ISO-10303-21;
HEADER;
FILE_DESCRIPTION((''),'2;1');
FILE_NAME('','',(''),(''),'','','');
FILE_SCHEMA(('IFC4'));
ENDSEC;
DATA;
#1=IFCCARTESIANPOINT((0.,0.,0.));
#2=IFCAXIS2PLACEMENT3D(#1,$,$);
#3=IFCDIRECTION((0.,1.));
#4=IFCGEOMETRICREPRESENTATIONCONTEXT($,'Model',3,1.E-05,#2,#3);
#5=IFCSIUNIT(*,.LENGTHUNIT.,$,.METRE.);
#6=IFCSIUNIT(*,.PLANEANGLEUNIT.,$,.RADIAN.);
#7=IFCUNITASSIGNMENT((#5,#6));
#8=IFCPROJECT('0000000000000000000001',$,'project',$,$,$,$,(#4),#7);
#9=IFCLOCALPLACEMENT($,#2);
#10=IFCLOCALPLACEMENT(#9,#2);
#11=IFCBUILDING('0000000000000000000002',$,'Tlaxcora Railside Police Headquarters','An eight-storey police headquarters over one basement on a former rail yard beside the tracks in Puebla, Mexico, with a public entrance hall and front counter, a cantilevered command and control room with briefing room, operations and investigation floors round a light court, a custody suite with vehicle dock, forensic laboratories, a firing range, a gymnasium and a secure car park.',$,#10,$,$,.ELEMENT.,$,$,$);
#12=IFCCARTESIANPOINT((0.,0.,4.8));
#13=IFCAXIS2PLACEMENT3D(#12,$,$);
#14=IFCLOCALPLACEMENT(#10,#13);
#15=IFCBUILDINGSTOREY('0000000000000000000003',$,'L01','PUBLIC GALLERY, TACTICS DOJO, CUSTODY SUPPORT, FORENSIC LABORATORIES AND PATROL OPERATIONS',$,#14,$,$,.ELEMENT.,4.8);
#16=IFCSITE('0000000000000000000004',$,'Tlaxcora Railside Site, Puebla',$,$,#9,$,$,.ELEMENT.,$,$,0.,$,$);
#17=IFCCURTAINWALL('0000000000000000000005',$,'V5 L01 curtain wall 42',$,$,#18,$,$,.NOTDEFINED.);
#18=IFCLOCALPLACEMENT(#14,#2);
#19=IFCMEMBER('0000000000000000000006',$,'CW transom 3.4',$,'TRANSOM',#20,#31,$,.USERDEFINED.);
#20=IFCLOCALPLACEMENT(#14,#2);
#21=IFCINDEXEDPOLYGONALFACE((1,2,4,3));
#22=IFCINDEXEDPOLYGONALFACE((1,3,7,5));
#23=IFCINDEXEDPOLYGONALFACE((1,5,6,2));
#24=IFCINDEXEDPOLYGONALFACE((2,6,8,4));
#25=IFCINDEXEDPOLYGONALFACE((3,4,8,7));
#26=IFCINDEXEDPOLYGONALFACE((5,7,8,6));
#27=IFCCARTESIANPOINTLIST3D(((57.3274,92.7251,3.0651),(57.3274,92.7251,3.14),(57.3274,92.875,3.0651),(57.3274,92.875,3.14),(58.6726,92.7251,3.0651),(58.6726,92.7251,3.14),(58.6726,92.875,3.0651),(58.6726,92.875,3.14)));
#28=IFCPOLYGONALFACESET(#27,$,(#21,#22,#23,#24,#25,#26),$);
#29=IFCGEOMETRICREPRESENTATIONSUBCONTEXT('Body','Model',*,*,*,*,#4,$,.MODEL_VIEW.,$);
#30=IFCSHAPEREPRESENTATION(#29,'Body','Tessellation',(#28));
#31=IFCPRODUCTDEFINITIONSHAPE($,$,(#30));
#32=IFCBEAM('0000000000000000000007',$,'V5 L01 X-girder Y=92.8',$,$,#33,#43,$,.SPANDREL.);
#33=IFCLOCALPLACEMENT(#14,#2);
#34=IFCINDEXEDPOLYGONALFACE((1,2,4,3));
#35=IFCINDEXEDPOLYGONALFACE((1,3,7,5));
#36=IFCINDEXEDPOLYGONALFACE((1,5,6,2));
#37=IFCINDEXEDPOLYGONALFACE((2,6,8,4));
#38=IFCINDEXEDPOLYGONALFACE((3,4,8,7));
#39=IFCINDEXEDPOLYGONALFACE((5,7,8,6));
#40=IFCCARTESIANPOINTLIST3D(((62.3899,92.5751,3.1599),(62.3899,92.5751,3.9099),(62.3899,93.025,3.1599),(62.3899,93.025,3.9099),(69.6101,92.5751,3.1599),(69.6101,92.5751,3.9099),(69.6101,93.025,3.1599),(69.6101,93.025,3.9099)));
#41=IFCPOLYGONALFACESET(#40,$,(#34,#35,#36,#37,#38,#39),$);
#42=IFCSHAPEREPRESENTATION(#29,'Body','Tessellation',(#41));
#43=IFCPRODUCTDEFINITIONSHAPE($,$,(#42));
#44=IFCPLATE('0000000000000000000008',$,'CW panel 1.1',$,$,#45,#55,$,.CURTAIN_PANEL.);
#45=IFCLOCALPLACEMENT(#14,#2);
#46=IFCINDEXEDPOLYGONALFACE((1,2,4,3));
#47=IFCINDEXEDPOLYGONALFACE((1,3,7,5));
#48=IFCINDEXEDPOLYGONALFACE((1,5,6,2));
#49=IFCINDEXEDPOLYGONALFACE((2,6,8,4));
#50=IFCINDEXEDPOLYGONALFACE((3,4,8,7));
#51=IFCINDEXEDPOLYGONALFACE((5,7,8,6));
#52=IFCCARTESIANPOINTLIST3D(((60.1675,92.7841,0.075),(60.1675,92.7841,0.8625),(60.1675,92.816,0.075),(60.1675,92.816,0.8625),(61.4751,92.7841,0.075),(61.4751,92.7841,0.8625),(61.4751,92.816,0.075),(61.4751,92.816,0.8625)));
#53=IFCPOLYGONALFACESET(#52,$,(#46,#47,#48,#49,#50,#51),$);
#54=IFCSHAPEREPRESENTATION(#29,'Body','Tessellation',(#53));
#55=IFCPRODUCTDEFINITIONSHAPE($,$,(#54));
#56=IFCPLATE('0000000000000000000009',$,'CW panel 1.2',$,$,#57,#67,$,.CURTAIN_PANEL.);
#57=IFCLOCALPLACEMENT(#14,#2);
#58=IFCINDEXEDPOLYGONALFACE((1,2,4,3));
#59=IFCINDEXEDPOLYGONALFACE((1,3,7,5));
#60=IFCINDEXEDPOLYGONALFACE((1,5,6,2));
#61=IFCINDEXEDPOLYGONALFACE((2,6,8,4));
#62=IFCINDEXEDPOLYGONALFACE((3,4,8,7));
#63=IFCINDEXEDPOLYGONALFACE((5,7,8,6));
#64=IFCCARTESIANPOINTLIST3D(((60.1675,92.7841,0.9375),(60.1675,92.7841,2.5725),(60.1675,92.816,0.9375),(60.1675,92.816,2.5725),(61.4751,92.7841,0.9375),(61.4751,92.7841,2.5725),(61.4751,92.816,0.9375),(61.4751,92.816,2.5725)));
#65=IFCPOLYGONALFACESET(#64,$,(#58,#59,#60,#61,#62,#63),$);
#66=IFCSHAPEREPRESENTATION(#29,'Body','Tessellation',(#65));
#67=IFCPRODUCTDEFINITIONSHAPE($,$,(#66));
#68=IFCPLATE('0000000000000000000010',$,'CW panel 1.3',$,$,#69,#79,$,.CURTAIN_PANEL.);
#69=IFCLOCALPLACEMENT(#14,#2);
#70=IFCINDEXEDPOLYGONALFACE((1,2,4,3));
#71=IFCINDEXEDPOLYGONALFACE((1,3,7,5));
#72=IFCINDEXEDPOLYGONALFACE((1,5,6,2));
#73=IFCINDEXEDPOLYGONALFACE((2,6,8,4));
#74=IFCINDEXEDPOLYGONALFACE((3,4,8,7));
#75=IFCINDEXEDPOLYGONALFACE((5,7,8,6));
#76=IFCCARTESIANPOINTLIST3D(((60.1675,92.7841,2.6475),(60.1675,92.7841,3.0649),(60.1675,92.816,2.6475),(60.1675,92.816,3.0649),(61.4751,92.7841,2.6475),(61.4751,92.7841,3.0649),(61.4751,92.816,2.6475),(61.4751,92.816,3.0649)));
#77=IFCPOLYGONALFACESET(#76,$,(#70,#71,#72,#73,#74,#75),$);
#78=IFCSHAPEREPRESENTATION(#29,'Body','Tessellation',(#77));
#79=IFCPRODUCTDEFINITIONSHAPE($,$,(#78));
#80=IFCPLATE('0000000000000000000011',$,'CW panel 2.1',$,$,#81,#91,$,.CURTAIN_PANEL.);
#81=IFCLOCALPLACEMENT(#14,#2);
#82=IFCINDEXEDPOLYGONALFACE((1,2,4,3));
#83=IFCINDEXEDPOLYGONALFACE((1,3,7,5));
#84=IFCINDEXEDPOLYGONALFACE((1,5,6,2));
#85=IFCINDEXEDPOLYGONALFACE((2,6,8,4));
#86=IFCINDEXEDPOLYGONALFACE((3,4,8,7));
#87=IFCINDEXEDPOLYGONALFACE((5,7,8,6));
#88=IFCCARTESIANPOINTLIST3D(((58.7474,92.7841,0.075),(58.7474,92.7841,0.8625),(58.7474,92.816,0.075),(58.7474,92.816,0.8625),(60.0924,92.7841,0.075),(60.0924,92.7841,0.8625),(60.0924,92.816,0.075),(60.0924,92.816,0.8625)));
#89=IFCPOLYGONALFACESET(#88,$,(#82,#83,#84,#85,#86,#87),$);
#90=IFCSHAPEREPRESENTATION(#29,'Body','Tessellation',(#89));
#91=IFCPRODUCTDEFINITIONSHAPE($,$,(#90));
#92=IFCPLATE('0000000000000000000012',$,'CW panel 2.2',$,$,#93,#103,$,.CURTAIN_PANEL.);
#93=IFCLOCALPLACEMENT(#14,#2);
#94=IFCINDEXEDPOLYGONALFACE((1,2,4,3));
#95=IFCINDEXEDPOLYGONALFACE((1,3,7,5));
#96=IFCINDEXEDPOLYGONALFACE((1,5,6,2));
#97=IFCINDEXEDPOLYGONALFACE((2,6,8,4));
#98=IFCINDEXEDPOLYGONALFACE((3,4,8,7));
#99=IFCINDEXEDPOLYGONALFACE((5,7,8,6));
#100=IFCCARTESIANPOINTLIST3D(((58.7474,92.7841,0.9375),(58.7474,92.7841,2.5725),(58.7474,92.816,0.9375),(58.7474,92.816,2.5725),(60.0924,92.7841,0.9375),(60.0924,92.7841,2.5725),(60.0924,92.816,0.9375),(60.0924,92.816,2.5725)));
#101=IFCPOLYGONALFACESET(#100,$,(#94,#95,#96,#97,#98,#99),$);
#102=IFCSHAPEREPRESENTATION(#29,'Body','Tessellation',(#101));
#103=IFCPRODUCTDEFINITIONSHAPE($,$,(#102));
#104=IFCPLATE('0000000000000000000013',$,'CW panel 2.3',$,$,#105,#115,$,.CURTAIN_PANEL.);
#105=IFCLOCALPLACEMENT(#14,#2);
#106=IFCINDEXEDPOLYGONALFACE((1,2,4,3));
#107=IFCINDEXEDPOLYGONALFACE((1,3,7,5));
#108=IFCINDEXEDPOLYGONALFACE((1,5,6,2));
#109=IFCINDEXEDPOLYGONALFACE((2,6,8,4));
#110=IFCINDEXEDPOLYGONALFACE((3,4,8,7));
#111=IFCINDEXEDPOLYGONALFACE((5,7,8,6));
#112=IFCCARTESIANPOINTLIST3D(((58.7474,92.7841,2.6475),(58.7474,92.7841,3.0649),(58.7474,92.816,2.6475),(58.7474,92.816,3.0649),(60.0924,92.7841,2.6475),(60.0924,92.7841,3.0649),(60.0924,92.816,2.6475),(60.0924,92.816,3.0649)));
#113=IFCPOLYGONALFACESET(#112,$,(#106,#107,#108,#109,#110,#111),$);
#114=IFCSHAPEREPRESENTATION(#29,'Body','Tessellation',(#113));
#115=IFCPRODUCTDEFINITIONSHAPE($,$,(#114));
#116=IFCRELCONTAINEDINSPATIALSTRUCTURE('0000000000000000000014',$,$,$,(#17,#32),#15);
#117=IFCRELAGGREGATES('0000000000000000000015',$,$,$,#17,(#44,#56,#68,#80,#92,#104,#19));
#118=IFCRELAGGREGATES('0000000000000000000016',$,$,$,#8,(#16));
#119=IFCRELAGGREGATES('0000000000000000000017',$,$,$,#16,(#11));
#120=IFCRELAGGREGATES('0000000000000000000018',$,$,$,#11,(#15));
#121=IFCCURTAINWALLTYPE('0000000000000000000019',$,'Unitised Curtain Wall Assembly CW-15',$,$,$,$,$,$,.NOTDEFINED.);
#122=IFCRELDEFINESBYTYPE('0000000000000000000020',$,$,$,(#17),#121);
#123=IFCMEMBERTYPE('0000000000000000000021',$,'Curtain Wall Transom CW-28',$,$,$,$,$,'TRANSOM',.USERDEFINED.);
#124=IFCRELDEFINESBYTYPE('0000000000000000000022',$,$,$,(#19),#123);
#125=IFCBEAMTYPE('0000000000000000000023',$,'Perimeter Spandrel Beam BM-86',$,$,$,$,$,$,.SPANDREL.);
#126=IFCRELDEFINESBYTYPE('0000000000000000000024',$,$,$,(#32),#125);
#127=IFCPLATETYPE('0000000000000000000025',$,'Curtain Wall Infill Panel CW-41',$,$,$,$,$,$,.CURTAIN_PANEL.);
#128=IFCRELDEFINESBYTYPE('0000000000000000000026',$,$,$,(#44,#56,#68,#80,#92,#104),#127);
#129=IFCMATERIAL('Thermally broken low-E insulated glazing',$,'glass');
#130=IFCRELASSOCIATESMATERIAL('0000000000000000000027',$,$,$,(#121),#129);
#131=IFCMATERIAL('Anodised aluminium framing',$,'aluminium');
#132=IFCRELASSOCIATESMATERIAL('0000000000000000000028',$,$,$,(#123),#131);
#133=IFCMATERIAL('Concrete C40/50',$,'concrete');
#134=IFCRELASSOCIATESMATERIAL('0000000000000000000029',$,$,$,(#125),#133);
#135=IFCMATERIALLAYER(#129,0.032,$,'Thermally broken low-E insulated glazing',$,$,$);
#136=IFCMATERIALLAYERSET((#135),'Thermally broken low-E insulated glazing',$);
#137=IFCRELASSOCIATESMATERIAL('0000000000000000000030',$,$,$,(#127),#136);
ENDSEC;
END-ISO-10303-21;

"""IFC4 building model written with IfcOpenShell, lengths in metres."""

from ifc_helpers import new_model, si_unit, direction, frame, origin, origin_2d, place, context, subcontext, project, spatial, rectangle, extrude, material, layer, layer_set, material_profile, profile_set, type_object, element, aggregate, save


model = new_model("IFC4")

# Units and contexts
model_context = context("Model", 3, precision=1e-05, world=origin(), true_north=direction((0.0, 1.0)))
body_context = subcontext(model_context, "Body", "Model", "MODEL_VIEW")
ifc_project = project(units=[si_unit("LENGTHUNIT", "METRE"), si_unit("PLANEANGLEUNIT", "RADIAN")], contexts=[model_context])

# Site, building, storey
site_placement = place(None, origin())
site = spatial("IfcSite", under=ifc_project, at=site_placement, Name="Tlaxcora Railside Site, Puebla", CompositionType="ELEMENT", RefElevation=0.0)
building_placement = place(site_placement, origin())
building = spatial("IfcBuilding", under=site, at=building_placement, Name="Tlaxcora Railside Police Headquarters", Description="An eight-storey police headquarters over one basement on a former rail yard beside the tracks in Puebla, Mexico, with a public entrance hall and front counter, a cantilevered command and control room with briefing room, operations and investigation floors round a light court, a custody suite with vehicle dock, forensic laboratories, a firing range, a gymnasium and a secure car park.", CompositionType="ELEMENT")
storey_placement = place(building_placement, frame((0.0, 0.0, 4.8)))
storey = spatial("IfcBuildingStorey", under=building, at=storey_placement, Name="L01", Description="PUBLIC GALLERY, TACTICS DOJO, CUSTODY SUPPORT, FORENSIC LABORATORIES AND PATROL OPERATIONS", CompositionType="ELEMENT", Elevation=4.8)

# Shared definitions
ifc_material_1 = material(Name="Concrete C40/50", Category="concrete")

# Curtain wall, member
ifc_material_2 = material(Name="Thermally broken low-E insulated glazing", Category="glass")
curtain_wall_type = type_object("IfcCurtainWallType", Name="Unitised Curtain Wall Assembly CW-15", PredefinedType="NOTDEFINED", material=ifc_material_2)
curtain_wall_placement = place(storey_placement, origin())
curtain_wall = element("IfcCurtainWall", 1, at=curtain_wall_placement, inside=storey, type_object=curtain_wall_type, Name="V5 L01 curtain wall 42", PredefinedType="NOTDEFINED")
ifc_material_3 = material(Name="Anodised aluminium framing", Category="aluminium")
ifc_material_profile_1 = material_profile(ifc_material_3, rectangle(XDim=0.1499, YDim=0.075, at=origin_2d()), Name="AL75X150")
ifc_profile_set_1 = profile_set([ifc_material_profile_1], Name="Anodised aluminium framing")
member_type_1 = type_object("IfcMemberType", Name="Curtain Wall Transom CW-28", ElementType="TRANSOM", PredefinedType="USERDEFINED", material=ifc_profile_set_1)
member_1_placement = place(storey_placement, frame((58.6726, 92.8, 3.1025), z_axis=(-1.0, 0.0, 0.0), x_axis=(0.0, -1.0, 0.0)))
member_1 = element("IfcMember", 2, at=member_1_placement, type_object=member_type_1, Name="CW transom 3.4", ObjectType="TRANSOM", PredefinedType="USERDEFINED", context=body_context, shape_type="SweptSolid", body=[
    extrude(rectangle(XDim=0.1499, YDim=0.075, at=origin_2d()), origin(), (0.0, 0.0, 1.0), 1.3452),
])

# Beam
ifc_material_profile_2 = material_profile(ifc_material_1, rectangle(XDim=0.45, YDim=0.75, at=origin_2d()), Name="RC450X750")
ifc_profile_set_2 = profile_set([ifc_material_profile_2], Name="Concrete C40/50")
beam_type = type_object("IfcBeamType", Name="Perimeter Spandrel Beam BM-86", PredefinedType="SPANDREL", material=ifc_profile_set_2)
beam_placement = place(storey_placement, frame((62.3899, 92.8, 3.5349), z_axis=(1.0, 0.0, 0.0), x_axis=(0.0, 1.0, 0.0)))
element("IfcBeam", 3, at=beam_placement, inside=storey, type_object=beam_type, Name="V5 L01 X-girder Y=92.8", PredefinedType="SPANDREL", context=body_context, shape_type="SweptSolid", body=[
    extrude(rectangle(XDim=0.45, YDim=0.75, at=origin_2d()), origin(), (0.0, 0.0, 1.0), 7.2202),
])

# Plates
ifc_layer = layer(ifc_material_2, 0.032, Name="Thermally broken low-E insulated glazing")
ifc_layer_set = layer_set([ifc_layer], Name="Thermally broken low-E insulated glazing")
plate_type = type_object("IfcPlateType", Name="Curtain Wall Infill Panel CW-41", PredefinedType="CURTAIN_PANEL", material=ifc_layer_set)
plate_1_placement = place(storey_placement, frame((60.8213, 92.8, 0.075), z_axis=(0.0, 0.0, 1.0), x_axis=(-1.0, 0.0, 0.0)))
plate_1 = element("IfcPlate", 4, at=plate_1_placement, type_object=plate_type, Name="CW panel 1.1", PredefinedType="CURTAIN_PANEL", context=body_context, shape_type="SweptSolid", body=[
    extrude(rectangle(XDim=1.3076, YDim=0.032, at=origin_2d()), origin(), (0.0, 0.0, 1.0), 0.7876),
])
plate_2_placement = place(storey_placement, frame((60.8213, 92.8, 0.9375), z_axis=(0.0, 0.0, 1.0), x_axis=(-1.0, 0.0, 0.0)))
plate_2 = element("IfcPlate", 5, at=plate_2_placement, type_object=plate_type, Name="CW panel 1.2", PredefinedType="CURTAIN_PANEL", context=body_context, shape_type="SweptSolid", body=[
    extrude(rectangle(XDim=1.3076, YDim=0.032, at=origin_2d()), origin(), (0.0, 0.0, 1.0), 1.635),
])
plate_3_placement = place(storey_placement, frame((60.8213, 92.8, 2.6475), z_axis=(0.0, 0.0, 1.0), x_axis=(-1.0, 0.0, 0.0)))
plate_3 = element("IfcPlate", 6, at=plate_3_placement, type_object=plate_type, Name="CW panel 1.3", PredefinedType="CURTAIN_PANEL", context=body_context, shape_type="SweptSolid", body=[
    extrude(rectangle(XDim=1.3076, YDim=0.032, at=origin_2d()), origin(), (0.0, 0.0, 1.0), 0.4175),
])
plate_4_placement = place(storey_placement, frame((59.4199, 92.8, 0.075), z_axis=(0.0, 0.0, 1.0), x_axis=(-1.0, 0.0, 0.0)))
plate_4 = element("IfcPlate", 7, at=plate_4_placement, type_object=plate_type, Name="CW panel 2.1", PredefinedType="CURTAIN_PANEL", context=body_context, shape_type="SweptSolid", body=[
    extrude(rectangle(XDim=1.345, YDim=0.032, at=origin_2d()), origin(), (0.0, 0.0, 1.0), 0.7876),
])
plate_5_placement = place(storey_placement, frame((59.4199, 92.8, 0.9375), z_axis=(0.0, 0.0, 1.0), x_axis=(-1.0, 0.0, 0.0)))
plate_5 = element("IfcPlate", 8, at=plate_5_placement, type_object=plate_type, Name="CW panel 2.2", PredefinedType="CURTAIN_PANEL", context=body_context, shape_type="SweptSolid", body=[
    extrude(rectangle(XDim=1.345, YDim=0.032, at=origin_2d()), origin(), (0.0, 0.0, 1.0), 1.635),
])
plate_6_placement = place(storey_placement, frame((59.4199, 92.8, 2.6475), z_axis=(0.0, 0.0, 1.0), x_axis=(-1.0, 0.0, 0.0)))
plate_6 = element("IfcPlate", 9, at=plate_6_placement, type_object=plate_type, Name="CW panel 2.3", PredefinedType="CURTAIN_PANEL", context=body_context, shape_type="SweptSolid", body=[
    extrude(rectangle(XDim=1.345, YDim=0.032, at=origin_2d()), origin(), (0.0, 0.0, 1.0), 0.4175),
])
aggregate(curtain_wall, [plate_1, plate_2, plate_3, plate_4, plate_5, plate_6, member_1])

save(model, "model.ifc")
